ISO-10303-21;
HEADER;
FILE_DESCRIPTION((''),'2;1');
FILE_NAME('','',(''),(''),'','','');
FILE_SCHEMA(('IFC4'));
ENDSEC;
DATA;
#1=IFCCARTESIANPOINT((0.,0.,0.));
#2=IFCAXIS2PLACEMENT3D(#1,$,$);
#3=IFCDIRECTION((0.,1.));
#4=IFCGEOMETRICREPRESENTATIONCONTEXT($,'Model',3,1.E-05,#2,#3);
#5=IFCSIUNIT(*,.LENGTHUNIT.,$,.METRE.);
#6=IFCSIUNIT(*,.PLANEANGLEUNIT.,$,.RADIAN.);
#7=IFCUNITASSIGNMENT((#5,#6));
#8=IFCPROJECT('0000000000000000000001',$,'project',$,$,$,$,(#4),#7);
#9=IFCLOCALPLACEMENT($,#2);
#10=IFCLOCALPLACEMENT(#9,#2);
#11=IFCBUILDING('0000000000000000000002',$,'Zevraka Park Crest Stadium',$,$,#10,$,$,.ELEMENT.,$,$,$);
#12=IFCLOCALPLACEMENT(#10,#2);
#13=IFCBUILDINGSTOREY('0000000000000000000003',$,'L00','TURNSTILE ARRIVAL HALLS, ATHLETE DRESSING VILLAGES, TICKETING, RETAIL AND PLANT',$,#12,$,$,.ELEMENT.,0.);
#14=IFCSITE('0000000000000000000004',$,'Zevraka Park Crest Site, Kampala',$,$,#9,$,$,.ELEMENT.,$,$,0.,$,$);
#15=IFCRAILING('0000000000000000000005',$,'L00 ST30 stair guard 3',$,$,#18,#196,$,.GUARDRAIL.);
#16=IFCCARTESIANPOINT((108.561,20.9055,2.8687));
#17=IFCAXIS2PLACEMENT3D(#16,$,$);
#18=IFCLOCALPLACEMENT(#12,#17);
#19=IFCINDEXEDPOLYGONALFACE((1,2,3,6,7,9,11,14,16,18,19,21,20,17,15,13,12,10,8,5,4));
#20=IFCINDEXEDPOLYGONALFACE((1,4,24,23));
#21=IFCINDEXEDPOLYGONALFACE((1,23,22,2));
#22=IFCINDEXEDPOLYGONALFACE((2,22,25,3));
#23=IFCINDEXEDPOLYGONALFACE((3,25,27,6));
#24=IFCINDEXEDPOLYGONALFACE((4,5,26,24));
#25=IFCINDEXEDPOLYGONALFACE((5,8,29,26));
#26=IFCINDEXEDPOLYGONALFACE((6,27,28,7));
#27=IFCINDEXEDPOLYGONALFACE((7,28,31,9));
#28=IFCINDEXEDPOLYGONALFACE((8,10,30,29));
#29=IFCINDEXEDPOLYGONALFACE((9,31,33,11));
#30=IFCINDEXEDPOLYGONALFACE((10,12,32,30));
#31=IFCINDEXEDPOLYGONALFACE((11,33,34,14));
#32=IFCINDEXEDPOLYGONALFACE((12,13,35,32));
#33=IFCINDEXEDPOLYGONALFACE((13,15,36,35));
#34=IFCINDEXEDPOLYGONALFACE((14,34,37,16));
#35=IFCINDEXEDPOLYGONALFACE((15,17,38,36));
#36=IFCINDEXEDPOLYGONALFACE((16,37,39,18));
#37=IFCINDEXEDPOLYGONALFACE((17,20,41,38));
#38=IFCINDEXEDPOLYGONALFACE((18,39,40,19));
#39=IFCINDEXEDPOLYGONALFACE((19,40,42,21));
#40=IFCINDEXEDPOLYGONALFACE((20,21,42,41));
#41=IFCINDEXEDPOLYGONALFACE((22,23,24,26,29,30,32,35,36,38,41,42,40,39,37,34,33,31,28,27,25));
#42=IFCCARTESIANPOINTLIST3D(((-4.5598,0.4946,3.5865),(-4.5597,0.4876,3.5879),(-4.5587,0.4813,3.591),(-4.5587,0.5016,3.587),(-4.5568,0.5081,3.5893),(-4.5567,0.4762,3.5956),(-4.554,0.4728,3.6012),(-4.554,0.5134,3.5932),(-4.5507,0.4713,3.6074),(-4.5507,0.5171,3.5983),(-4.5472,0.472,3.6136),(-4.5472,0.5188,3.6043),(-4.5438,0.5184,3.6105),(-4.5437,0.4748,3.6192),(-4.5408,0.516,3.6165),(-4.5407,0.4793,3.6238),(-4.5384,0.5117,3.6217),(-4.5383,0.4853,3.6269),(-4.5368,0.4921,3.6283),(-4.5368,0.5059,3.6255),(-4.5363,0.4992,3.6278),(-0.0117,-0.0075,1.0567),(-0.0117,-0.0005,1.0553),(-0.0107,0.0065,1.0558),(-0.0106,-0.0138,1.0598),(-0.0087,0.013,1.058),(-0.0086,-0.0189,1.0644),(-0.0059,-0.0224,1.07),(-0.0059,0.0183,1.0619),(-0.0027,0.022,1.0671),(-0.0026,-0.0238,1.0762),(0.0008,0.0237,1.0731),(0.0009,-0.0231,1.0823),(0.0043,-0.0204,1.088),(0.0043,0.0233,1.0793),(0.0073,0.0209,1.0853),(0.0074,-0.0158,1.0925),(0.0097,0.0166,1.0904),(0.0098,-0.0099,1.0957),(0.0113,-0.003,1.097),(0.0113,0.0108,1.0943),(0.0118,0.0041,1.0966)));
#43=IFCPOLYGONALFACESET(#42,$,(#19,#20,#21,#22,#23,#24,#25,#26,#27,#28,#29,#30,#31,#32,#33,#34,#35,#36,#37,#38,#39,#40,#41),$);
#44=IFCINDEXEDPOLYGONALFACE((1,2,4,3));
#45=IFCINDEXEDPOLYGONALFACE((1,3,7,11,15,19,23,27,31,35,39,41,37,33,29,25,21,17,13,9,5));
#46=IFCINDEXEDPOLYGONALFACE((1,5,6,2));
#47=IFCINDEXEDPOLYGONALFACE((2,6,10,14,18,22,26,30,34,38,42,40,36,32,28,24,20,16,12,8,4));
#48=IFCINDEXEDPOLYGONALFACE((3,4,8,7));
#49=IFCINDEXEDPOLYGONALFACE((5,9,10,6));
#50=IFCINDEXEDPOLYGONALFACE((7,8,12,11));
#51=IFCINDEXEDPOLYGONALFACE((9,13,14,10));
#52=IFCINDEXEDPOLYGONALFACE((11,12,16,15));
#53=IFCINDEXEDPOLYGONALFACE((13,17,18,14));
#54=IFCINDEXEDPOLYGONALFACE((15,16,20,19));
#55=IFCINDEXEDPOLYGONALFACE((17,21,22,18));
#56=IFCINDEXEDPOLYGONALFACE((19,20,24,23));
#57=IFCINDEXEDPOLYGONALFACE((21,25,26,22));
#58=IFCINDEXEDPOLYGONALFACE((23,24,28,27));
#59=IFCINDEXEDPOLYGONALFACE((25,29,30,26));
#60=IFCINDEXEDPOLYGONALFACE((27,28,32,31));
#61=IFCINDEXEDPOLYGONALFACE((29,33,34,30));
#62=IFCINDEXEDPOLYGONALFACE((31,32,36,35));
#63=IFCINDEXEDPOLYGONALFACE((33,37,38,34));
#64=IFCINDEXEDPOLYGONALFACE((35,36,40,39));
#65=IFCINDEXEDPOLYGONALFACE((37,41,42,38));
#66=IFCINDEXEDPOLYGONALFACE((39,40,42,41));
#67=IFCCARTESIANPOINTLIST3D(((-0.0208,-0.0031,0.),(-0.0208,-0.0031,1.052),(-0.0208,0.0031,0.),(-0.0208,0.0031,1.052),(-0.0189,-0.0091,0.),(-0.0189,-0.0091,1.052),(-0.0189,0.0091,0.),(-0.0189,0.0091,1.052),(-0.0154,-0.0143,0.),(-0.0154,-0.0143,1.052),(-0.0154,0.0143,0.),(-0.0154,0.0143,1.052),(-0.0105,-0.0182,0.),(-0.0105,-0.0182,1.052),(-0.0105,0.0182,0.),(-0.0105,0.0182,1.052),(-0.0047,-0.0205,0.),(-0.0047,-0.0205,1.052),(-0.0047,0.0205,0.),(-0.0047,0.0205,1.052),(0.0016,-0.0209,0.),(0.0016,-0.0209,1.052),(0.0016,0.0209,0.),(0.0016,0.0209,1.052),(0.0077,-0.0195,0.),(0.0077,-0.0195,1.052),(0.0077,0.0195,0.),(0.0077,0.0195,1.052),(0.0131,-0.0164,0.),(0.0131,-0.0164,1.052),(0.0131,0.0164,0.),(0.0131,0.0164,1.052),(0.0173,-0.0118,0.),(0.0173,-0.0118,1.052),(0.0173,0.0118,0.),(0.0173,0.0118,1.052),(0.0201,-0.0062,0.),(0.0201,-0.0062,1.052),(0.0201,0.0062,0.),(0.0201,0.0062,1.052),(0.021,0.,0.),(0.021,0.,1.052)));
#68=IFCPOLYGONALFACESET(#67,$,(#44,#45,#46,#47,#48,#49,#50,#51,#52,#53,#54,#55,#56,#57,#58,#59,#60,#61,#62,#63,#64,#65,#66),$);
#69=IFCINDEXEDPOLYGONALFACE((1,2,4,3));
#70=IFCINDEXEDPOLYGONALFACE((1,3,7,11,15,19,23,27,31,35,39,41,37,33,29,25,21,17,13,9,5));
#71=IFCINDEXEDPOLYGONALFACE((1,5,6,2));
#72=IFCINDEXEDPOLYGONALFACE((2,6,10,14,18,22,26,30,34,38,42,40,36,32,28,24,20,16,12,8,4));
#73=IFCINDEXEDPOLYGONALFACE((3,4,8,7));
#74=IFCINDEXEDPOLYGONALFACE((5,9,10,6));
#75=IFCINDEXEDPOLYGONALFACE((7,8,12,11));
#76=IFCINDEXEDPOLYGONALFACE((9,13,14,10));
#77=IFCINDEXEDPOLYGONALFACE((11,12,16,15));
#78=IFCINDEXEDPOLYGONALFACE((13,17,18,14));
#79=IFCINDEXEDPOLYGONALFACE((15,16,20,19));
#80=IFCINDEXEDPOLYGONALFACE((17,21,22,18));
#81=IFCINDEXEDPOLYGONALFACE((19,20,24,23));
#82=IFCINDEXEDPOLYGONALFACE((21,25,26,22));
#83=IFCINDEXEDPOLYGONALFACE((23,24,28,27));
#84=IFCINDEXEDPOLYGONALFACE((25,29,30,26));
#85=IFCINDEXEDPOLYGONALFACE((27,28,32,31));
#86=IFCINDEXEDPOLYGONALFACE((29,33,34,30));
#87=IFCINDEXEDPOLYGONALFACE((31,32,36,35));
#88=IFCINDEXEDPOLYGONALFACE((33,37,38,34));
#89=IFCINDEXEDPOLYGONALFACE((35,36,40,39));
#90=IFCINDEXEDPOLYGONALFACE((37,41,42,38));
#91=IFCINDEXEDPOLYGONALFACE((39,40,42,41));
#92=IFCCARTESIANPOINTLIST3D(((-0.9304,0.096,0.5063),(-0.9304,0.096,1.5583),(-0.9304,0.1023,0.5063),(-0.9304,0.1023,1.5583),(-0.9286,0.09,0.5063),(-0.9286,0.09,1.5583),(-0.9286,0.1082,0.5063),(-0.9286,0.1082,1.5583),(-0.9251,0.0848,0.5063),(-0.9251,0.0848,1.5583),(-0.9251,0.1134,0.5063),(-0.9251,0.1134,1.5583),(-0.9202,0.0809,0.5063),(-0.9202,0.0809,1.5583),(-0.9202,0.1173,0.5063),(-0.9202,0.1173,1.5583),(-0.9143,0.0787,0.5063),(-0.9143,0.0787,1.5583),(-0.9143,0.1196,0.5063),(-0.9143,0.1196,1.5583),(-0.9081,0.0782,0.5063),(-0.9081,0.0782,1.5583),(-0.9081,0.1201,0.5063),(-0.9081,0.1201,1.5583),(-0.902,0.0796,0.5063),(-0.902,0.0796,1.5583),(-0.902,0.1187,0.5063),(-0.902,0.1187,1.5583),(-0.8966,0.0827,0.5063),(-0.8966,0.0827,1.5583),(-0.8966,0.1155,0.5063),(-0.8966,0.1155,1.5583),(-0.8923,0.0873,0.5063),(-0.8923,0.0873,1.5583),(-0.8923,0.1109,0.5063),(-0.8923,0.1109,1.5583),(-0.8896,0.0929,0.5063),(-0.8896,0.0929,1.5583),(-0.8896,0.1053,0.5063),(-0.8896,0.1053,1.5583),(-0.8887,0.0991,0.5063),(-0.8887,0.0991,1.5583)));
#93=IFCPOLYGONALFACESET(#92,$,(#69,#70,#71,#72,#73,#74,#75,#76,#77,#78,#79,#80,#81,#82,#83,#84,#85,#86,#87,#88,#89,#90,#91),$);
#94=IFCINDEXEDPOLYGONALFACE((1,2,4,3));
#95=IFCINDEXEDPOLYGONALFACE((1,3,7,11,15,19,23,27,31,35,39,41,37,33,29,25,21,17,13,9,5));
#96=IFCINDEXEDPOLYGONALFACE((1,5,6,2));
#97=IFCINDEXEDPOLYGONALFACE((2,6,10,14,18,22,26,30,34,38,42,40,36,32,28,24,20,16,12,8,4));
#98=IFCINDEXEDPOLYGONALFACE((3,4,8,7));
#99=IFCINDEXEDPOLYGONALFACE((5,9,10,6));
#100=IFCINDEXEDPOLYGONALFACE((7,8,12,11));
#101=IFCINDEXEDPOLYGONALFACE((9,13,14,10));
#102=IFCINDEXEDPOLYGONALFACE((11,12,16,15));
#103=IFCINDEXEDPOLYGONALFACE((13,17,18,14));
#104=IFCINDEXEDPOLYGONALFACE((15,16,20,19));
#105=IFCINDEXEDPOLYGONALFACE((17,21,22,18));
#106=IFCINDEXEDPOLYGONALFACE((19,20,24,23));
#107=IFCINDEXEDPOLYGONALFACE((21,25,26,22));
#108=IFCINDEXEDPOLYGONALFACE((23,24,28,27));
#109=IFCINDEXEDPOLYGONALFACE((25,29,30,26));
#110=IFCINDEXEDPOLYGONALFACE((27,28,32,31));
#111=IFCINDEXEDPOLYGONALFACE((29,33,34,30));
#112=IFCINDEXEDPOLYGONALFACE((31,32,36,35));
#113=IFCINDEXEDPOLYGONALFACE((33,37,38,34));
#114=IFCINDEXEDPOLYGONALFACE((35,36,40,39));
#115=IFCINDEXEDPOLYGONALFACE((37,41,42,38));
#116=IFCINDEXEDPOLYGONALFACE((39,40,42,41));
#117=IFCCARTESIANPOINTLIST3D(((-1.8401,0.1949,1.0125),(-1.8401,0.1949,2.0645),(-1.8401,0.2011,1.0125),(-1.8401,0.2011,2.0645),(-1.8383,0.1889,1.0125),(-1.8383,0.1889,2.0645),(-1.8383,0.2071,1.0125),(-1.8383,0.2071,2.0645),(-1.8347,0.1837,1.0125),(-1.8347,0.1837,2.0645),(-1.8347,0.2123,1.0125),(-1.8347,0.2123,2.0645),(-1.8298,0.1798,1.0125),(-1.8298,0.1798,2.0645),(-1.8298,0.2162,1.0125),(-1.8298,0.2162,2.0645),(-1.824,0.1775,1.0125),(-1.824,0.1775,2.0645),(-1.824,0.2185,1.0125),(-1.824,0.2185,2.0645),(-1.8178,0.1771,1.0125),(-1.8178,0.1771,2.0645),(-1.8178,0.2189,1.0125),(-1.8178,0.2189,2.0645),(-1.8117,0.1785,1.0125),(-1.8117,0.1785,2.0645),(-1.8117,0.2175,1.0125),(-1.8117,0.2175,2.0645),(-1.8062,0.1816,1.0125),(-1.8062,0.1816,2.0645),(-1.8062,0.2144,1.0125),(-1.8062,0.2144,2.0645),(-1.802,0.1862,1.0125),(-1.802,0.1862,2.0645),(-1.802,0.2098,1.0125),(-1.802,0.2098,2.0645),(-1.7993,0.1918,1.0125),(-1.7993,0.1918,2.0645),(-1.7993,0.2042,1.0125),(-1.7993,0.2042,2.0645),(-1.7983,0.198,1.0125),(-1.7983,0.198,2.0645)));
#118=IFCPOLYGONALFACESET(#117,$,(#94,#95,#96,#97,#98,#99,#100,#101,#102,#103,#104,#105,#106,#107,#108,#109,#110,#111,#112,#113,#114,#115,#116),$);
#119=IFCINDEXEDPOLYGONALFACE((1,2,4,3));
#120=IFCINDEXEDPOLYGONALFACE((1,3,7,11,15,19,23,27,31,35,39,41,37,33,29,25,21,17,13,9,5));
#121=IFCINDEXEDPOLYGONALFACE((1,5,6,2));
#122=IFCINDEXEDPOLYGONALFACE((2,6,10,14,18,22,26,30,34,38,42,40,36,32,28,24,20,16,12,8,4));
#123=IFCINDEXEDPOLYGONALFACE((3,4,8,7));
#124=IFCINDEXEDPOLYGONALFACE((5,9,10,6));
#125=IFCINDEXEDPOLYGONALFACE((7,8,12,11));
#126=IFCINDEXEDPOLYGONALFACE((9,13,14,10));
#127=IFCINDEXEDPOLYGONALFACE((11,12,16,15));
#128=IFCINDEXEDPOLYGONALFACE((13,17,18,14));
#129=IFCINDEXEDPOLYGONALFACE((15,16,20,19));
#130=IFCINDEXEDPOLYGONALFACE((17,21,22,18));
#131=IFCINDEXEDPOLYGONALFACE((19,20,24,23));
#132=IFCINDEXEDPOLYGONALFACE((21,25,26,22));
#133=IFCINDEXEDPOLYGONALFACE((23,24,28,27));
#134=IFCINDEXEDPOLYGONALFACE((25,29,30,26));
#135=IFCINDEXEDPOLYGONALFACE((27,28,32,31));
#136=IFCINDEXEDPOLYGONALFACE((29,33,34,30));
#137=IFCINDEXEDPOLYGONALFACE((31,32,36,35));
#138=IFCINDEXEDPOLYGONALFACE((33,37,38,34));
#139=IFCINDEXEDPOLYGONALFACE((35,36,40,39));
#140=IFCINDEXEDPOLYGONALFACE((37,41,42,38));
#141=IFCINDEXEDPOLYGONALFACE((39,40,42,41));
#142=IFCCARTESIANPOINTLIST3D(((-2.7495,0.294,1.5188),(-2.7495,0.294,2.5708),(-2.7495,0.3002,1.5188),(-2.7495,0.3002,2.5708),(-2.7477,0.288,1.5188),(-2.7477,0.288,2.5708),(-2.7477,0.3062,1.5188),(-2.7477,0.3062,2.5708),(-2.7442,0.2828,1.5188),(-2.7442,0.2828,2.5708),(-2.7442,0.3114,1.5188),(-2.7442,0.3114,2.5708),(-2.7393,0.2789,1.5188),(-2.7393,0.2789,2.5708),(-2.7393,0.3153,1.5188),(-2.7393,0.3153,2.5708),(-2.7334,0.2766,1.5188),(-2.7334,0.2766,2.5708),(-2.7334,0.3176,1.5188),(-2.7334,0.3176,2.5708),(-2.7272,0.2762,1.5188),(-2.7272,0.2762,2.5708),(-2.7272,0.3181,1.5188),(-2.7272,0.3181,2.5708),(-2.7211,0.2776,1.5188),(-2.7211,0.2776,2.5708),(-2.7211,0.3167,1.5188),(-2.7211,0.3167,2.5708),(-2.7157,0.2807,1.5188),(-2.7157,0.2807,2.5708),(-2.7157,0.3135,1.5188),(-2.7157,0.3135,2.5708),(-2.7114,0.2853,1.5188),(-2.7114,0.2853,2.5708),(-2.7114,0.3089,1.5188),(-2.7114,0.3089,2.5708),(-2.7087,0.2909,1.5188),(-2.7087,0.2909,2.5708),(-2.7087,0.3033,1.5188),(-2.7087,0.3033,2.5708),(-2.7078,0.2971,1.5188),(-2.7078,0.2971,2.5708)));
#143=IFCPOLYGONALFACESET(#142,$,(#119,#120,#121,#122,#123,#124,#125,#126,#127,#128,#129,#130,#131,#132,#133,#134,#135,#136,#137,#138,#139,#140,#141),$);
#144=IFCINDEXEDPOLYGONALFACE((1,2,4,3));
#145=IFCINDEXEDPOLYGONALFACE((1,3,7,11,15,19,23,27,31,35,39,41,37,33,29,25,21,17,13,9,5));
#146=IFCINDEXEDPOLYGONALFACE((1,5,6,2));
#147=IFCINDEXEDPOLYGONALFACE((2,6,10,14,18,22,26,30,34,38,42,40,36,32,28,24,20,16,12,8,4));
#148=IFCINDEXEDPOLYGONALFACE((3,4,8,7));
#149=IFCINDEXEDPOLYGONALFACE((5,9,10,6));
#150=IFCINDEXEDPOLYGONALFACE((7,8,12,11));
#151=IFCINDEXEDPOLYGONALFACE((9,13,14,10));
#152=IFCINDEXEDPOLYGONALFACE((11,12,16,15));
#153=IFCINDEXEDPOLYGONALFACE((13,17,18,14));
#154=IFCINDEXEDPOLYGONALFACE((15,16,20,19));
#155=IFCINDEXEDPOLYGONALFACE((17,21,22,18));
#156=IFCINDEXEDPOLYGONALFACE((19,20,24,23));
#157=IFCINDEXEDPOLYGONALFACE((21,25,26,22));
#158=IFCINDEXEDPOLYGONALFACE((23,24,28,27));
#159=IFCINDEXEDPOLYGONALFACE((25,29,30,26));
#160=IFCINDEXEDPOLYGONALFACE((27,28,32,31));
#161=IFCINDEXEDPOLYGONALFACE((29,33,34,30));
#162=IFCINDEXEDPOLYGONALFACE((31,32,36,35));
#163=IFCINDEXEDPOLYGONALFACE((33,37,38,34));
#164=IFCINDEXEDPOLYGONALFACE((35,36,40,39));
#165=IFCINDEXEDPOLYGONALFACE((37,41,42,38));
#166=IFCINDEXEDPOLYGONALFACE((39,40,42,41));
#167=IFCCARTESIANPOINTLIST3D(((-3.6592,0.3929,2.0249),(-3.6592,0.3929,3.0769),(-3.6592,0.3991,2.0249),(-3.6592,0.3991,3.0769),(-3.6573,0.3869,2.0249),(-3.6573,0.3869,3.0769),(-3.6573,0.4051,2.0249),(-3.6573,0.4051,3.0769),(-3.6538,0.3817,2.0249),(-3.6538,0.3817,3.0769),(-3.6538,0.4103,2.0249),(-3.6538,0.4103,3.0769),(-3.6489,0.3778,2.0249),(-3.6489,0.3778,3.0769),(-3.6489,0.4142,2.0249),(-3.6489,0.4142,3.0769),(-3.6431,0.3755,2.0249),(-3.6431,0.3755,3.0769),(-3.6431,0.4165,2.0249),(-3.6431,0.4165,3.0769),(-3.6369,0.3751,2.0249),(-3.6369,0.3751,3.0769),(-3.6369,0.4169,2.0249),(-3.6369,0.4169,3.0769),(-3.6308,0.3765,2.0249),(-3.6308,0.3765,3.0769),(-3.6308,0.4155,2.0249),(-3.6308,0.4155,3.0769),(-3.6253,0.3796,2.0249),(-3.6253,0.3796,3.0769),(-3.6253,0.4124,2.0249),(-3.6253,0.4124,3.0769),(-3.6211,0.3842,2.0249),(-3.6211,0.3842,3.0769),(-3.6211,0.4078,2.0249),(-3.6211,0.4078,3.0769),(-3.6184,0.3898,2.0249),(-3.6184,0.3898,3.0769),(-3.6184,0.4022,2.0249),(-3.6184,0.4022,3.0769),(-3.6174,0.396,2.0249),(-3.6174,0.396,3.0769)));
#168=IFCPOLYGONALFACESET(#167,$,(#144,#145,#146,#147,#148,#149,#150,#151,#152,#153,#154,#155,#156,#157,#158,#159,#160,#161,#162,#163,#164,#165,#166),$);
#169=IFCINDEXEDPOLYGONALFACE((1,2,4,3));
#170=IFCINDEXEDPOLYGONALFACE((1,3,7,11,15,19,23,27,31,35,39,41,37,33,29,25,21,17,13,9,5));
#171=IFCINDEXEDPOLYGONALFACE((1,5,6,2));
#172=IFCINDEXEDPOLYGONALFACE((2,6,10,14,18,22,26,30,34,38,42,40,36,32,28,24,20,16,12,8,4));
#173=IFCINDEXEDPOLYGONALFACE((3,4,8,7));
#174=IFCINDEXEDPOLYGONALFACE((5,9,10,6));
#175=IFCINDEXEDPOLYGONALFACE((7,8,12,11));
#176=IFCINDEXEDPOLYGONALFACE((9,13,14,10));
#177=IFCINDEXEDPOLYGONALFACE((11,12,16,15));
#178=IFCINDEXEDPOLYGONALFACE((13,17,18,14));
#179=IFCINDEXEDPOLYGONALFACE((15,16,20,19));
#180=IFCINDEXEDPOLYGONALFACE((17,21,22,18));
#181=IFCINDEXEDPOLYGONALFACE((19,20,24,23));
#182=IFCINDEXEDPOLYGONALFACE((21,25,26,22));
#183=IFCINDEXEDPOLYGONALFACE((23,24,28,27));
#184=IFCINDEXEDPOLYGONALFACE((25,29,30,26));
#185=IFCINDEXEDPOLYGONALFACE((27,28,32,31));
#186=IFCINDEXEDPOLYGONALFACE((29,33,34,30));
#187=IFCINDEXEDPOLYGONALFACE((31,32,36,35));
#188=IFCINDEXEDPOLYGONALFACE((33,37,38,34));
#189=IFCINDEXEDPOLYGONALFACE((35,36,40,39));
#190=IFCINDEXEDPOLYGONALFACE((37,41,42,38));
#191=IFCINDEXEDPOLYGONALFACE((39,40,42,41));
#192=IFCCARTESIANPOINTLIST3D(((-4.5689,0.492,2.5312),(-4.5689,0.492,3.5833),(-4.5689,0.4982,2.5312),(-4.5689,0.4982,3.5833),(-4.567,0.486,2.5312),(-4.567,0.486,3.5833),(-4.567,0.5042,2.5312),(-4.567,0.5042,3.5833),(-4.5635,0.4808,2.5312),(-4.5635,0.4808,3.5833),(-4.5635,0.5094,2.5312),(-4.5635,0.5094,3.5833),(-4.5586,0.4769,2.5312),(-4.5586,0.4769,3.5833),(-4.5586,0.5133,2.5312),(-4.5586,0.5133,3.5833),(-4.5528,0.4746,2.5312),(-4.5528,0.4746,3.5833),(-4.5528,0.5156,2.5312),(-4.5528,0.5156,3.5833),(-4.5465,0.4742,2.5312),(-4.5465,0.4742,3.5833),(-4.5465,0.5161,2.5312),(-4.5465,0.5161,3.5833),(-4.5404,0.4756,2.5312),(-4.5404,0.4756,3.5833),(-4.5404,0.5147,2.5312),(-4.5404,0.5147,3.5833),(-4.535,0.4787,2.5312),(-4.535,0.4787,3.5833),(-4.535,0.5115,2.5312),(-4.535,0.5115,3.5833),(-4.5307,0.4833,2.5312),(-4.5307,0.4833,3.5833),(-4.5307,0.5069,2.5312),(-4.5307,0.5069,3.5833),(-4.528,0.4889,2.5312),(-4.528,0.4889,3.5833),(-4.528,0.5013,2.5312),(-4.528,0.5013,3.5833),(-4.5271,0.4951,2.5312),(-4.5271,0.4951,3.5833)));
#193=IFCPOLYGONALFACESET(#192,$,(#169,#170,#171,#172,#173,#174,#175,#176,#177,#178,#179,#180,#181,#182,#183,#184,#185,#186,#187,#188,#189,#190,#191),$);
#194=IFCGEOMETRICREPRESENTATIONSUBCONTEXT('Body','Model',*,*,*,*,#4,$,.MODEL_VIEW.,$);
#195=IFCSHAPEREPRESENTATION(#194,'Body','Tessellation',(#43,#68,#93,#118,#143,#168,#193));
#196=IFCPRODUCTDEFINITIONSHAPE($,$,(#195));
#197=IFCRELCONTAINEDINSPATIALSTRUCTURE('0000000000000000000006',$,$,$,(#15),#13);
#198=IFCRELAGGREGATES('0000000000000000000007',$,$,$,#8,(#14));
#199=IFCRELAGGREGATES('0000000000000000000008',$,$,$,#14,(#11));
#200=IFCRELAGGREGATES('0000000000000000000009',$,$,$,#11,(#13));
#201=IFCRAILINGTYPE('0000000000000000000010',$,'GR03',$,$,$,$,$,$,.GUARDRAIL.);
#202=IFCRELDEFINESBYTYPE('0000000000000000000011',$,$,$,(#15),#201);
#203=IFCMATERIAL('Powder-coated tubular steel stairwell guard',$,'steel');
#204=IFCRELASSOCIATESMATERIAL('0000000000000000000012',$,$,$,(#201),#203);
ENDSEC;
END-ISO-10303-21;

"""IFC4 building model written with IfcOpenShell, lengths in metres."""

from ifc_helpers import new_model, si_unit, direction, frame, origin, origin_2d, place, context, subcontext, project, spatial, circle, extrude, material, type_object, element, save


model = new_model("IFC4")

# Units and contexts
model_context = context("Model", 3, precision=1e-05, world=origin(), true_north=direction((0.0, 1.0)))
body_context = subcontext(model_context, "Body", "Model", "MODEL_VIEW")
ifc_project = project(units=[si_unit("LENGTHUNIT", "METRE"), si_unit("PLANEANGLEUNIT", "RADIAN")], contexts=[model_context])

# Site, building, storey
site_placement = place(None, origin())
site = spatial("IfcSite", under=ifc_project, at=site_placement, Name="Zevraka Park Crest Site, Kampala", CompositionType="ELEMENT", RefElevation=0.0)
building_placement = place(site_placement, origin())
building = spatial("IfcBuilding", under=site, at=building_placement, Name="Zevraka Park Crest Stadium", CompositionType="ELEMENT")
storey_placement = place(building_placement, origin())
storey = spatial("IfcBuildingStorey", under=building, at=storey_placement, Name="L00", Description="TURNSTILE ARRIVAL HALLS, ATHLETE DRESSING VILLAGES, TICKETING, RETAIL AND PLANT", CompositionType="ELEMENT", Elevation=0.0)

# Railing
ifc_material_1 = material(Name="Powder-coated tubular steel stairwell guard", Category="steel")
railing_type_1 = type_object("IfcRailingType", Name="GR03", PredefinedType="GUARDRAIL", material=ifc_material_1)
railing_1_placement = place(storey_placement, frame((108.561, 20.9055, 2.8687)))
element("IfcRailing", 1, at=railing_1_placement, inside=storey, type_object=railing_type_1, Name="L00 ST30 stair guard 3", PredefinedType="GUARDRAIL", context=body_context, shape_type="SweptSolid", body=[
    extrude(circle(Radius=0.0239, at=origin_2d()), frame((0.0, 0.0, 1.0762), z_axis=(-0.869861, 0.094695, 0.484123), x_axis=(-0.108223, -0.994127, 0.0)), (0.0, 0.0, 1.0), 5.2285),
    extrude(circle(Radius=0.021, at=origin_2d()), origin(), (0.0, 0.0, 1.0), 1.052),
    extrude(circle(Radius=0.021, at=origin_2d()), frame((-0.9097, 0.0991, 0.5063)), (0.0, 0.0, 1.0), 1.052),
    extrude(circle(Radius=0.021, at=origin_2d()), frame((-1.8193, 0.198, 1.0125)), (0.0, 0.0, 1.0), 1.052),
    extrude(circle(Radius=0.021, at=origin_2d()), frame((-2.7288, 0.2971, 1.5188)), (0.0, 0.0, 1.0), 1.052),
    extrude(circle(Radius=0.021, at=origin_2d()), frame((-3.6384, 0.396, 2.0249)), (0.0, 0.0, 1.0), 1.052),
    extrude(circle(Radius=0.021, at=origin_2d()), frame((-4.5481, 0.4951, 2.5312)), (0.0, 0.0, 1.0), 1.052),
])

save(model, "model.ifc")
